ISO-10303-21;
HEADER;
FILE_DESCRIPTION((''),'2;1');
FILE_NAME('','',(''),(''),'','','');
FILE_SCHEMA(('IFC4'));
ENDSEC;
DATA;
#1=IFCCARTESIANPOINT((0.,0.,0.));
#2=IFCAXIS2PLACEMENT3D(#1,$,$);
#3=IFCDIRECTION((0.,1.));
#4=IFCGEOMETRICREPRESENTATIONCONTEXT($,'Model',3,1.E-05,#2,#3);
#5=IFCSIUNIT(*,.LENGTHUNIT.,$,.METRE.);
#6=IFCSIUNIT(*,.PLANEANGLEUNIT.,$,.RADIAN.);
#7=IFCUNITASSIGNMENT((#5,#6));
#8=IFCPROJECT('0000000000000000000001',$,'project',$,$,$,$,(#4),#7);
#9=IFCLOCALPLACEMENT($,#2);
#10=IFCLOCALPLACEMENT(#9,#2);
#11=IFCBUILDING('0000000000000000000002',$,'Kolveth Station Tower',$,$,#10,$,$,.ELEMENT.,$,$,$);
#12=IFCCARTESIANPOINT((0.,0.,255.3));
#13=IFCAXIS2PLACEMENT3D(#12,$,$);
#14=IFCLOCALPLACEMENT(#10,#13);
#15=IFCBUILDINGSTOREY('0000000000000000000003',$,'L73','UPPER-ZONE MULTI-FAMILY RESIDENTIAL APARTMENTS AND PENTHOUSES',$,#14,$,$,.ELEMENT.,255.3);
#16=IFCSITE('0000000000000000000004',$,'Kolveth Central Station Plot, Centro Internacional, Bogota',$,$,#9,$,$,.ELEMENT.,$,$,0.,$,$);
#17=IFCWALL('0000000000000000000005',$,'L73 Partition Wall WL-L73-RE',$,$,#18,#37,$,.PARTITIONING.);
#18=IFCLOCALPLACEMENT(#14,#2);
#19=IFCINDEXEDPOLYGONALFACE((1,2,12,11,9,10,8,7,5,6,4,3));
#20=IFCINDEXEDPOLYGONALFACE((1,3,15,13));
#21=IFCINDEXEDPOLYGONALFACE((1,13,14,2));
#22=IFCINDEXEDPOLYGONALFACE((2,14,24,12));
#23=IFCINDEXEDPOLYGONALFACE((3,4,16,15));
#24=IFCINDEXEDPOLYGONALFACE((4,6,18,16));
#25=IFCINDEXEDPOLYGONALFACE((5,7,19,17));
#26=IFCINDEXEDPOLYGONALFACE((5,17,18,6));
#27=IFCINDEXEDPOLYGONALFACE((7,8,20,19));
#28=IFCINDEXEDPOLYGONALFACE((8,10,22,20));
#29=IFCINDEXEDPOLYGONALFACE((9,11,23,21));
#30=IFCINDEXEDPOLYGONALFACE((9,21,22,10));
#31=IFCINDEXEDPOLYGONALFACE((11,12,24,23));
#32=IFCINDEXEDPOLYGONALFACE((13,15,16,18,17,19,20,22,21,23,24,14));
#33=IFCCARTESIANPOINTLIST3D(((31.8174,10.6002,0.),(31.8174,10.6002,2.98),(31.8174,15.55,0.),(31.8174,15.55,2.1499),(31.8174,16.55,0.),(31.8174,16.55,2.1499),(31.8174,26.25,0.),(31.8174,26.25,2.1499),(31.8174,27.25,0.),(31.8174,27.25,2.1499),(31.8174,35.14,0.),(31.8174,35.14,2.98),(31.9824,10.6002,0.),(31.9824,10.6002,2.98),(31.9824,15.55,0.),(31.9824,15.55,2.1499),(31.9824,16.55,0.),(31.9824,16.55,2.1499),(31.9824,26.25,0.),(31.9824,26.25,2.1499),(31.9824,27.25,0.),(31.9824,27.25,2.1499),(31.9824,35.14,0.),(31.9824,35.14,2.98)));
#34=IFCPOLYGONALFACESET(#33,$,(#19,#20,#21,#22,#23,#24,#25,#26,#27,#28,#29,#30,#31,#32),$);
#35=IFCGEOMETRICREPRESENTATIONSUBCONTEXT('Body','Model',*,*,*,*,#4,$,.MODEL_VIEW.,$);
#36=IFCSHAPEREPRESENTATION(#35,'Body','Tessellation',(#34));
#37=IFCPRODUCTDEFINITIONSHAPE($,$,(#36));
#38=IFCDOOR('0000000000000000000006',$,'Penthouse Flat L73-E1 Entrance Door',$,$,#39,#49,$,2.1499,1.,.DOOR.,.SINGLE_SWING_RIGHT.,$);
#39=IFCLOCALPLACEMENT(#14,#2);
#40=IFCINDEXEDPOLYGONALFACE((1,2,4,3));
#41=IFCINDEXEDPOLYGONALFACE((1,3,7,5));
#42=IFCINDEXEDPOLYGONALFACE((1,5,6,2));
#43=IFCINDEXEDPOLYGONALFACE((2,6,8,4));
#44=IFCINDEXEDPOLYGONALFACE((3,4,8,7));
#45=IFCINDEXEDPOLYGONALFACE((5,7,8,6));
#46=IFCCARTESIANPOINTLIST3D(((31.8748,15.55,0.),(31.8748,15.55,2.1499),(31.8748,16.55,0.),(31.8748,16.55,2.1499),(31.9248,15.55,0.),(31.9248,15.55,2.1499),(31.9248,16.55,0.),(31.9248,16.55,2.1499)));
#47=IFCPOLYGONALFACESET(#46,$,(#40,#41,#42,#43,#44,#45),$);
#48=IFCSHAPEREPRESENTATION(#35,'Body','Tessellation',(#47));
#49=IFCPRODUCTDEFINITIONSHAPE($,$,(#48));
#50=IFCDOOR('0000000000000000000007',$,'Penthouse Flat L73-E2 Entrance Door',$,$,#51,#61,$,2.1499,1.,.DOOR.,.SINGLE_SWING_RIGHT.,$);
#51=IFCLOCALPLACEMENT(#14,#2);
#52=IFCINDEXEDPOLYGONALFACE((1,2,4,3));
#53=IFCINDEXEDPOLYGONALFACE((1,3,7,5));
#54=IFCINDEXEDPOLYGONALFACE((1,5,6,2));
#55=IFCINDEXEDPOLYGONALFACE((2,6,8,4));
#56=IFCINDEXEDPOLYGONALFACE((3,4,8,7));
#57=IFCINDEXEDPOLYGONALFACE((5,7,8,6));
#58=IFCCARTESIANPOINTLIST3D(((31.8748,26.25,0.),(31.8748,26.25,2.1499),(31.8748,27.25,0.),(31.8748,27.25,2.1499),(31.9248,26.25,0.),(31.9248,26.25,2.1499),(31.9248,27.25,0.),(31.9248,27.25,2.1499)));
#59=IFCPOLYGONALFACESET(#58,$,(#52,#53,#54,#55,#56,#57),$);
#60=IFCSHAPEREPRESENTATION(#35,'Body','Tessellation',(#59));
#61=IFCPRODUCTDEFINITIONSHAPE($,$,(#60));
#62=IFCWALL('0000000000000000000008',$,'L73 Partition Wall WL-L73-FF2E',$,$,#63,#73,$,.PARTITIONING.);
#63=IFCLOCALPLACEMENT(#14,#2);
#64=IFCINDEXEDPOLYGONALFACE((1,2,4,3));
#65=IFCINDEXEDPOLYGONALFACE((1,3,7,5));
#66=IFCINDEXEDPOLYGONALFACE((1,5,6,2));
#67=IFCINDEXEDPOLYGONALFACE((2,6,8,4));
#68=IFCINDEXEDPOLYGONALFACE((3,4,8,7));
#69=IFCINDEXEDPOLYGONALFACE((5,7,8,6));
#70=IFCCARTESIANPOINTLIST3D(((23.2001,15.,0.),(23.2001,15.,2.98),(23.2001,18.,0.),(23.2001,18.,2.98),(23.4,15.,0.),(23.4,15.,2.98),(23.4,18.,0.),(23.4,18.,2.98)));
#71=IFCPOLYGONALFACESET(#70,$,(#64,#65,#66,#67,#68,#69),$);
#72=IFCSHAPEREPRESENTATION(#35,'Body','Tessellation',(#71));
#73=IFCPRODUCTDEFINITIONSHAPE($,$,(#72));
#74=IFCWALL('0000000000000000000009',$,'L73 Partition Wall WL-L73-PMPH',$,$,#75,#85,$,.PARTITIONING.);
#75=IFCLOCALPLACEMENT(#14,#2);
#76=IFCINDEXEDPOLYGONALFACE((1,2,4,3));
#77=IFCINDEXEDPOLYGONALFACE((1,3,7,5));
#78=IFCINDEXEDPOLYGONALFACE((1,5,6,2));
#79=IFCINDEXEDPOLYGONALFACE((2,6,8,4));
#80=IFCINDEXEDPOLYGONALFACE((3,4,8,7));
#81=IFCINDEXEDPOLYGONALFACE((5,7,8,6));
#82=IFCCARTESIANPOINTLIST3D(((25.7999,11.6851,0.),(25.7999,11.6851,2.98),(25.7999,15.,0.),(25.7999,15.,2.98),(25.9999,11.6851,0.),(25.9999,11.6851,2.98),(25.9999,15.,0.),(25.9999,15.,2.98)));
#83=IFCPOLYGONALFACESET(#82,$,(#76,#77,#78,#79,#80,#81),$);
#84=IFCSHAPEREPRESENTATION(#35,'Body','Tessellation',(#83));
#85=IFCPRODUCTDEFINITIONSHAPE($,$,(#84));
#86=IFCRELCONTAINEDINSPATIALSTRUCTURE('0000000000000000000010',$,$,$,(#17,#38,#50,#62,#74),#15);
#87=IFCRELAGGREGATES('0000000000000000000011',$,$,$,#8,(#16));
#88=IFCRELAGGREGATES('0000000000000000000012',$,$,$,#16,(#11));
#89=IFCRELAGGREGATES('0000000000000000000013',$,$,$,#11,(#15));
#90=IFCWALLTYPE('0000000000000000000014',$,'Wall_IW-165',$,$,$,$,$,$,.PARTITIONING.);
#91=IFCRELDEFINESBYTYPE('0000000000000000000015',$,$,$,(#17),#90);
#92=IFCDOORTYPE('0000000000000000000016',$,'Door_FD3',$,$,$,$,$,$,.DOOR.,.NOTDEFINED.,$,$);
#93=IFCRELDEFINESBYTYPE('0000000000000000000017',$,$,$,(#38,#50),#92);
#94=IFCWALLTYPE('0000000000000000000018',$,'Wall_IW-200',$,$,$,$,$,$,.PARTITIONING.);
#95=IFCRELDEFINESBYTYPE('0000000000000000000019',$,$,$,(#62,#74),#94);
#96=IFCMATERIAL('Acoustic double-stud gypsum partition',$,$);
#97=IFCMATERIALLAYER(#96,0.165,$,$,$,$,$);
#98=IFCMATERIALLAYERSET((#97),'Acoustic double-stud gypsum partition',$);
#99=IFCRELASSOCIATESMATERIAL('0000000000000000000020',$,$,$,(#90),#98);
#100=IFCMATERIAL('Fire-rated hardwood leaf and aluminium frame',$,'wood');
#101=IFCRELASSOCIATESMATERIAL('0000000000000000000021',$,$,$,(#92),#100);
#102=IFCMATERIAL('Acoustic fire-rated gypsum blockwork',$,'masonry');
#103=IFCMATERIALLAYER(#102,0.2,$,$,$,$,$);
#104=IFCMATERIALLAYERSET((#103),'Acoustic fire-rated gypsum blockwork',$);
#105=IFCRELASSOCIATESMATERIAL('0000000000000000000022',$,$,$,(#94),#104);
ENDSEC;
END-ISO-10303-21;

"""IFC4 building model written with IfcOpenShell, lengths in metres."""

from ifc_helpers import new_model, si_unit, direction, frame, frame_2d, origin, place, context, subcontext, project, spatial, rectangle, extrude, material, layer, layer_set, type_object, element, fill, save


model = new_model("IFC4")

# Units and contexts
model_context = context("Model", 3, precision=1e-05, world=origin(), true_north=direction((0.0, 1.0)))
body_context = subcontext(model_context, "Body", "Model", "MODEL_VIEW")
ifc_project = project(units=[si_unit("LENGTHUNIT", "METRE"), si_unit("PLANEANGLEUNIT", "RADIAN")], contexts=[model_context])

# Site, building, storey
site_placement = place(None, origin())
site = spatial("IfcSite", under=ifc_project, at=site_placement, Name="Kolveth Central Station Plot, Centro Internacional, Bogota", CompositionType="ELEMENT", RefElevation=0.0)
building_placement = place(site_placement, origin())
building = spatial("IfcBuilding", under=site, at=building_placement, Name="Kolveth Station Tower", CompositionType="ELEMENT")
storey_placement = place(building_placement, frame((0.0, 0.0, 255.3)))
storey = spatial("IfcBuildingStorey", under=building, at=storey_placement, Name="L73", Description="UPPER-ZONE MULTI-FAMILY RESIDENTIAL APARTMENTS AND PENTHOUSES", CompositionType="ELEMENT", Elevation=255.3)

# Shared definitions
ifc_material_1 = material(Name="Acoustic double-stud gypsum partition")
ifc_layer_1 = layer(ifc_material_1, 0.165)
ifc_layer_set_1 = layer_set([ifc_layer_1], Name="Acoustic double-stud gypsum partition")
wall_type_1 = type_object("IfcWallType", Name="Wall_IW-165", PredefinedType="PARTITIONING", material=ifc_layer_set_1)

# Wall, openings, doors
wall_1_placement = place(storey_placement, frame((31.8999, 10.6001, 0.0), z_axis=(0.0, 0.0, 1.0), x_axis=(0.0, 1.0, 0.0)))
wall_1 = element("IfcWall", 1, at=wall_1_placement, inside=storey, type_object=wall_type_1, Name="L73 Partition Wall WL-L73-RE", PredefinedType="PARTITIONING", context=body_context, shape_type="SweptSolid", body=[
    extrude(rectangle(XDim=24.5398, YDim=0.165, at=frame_2d((12.27, 0.0))), origin(), (0.0, 0.0, 1.0), 2.98),
])
opening_1_placement = place(wall_1_placement, frame((4.95, 0.0, 0.0)))
opening_1 = element("IfcOpeningElement", 2, at=opening_1_placement, cuts=wall_1, PredefinedType="OPENING", context=body_context, shape_type="SweptSolid", body=[
    extrude(rectangle(XDim=1.0, YDim=2.1499, at=frame_2d((0.5, 1.075))), frame((0.0, 0.0925, 0.0), z_axis=(0.0, -1.0, 0.0), x_axis=(1.0, 0.0, 0.0)), (0.0, 0.0, 1.0), 0.1851),
])
opening_2_placement = place(wall_1_placement, frame((15.6499, 0.0, 0.0)))
opening_2 = element("IfcOpeningElement", 3, at=opening_2_placement, cuts=wall_1, PredefinedType="OPENING", context=body_context, shape_type="SweptSolid", body=[
    extrude(rectangle(XDim=1.0, YDim=2.1499, at=frame_2d((0.5, 1.075))), frame((0.0, 0.0925, 0.0), z_axis=(0.0, -1.0, 0.0), x_axis=(1.0, 0.0, 0.0)), (0.0, 0.0, 1.0), 0.1851),
])
ifc_material_2 = material(Name="Fire-rated hardwood leaf and aluminium frame", Category="wood")
door_type_1 = type_object("IfcDoorType", Name="Door_FD3", OperationType="NOTDEFINED", PredefinedType="DOOR", material=ifc_material_2)
door_1_placement = place(opening_1_placement, frame((1.0, 0.0, 0.0), z_axis=(0.0, 0.0, 1.0), x_axis=(-1.0, 0.0, 0.0)))
door_1 = element("IfcDoor", 4, at=door_1_placement, inside=storey, type_object=door_type_1, Name="Penthouse Flat L73-E1 Entrance Door", OperationType="SINGLE_SWING_RIGHT", OverallHeight=2.1499, OverallWidth=1.0, PredefinedType="DOOR", context=body_context, shape_type="SweptSolid", body=[
    extrude(rectangle(XDim=1.0, YDim=2.1499, at=frame_2d((0.5, 1.075))), frame((0.0, 0.0249, 0.0), z_axis=(0.0, -1.0, 0.0), x_axis=(1.0, 0.0, 0.0)), (0.0, 0.0, 1.0), 0.05),
])
fill(opening_1, door_1)
door_2_placement = place(opening_2_placement, frame((1.0, 0.0, 0.0), z_axis=(0.0, 0.0, 1.0), x_axis=(-1.0, 0.0, 0.0)))
door_2 = element("IfcDoor", 5, at=door_2_placement, inside=storey, type_object=door_type_1, Name="Penthouse Flat L73-E2 Entrance Door", OperationType="SINGLE_SWING_RIGHT", OverallHeight=2.1499, OverallWidth=1.0, PredefinedType="DOOR", context=body_context, shape_type="SweptSolid", body=[
    extrude(rectangle(XDim=1.0, YDim=2.1499, at=frame_2d((0.5, 1.075))), frame((0.0, 0.0249, 0.0), z_axis=(0.0, -1.0, 0.0), x_axis=(1.0, 0.0, 0.0)), (0.0, 0.0, 1.0), 0.05),
])
fill(opening_2, door_2)

# Walls
ifc_material_3 = material(Name="Acoustic fire-rated gypsum blockwork", Category="masonry")
ifc_layer_2 = layer(ifc_material_3, 0.2)
ifc_layer_set_2 = layer_set([ifc_layer_2], Name="Acoustic fire-rated gypsum blockwork")
wall_type_2 = type_object("IfcWallType", Name="Wall_IW-200", PredefinedType="PARTITIONING", material=ifc_layer_set_2)
wall_2_placement = place(storey_placement, frame((23.3, 15.0, 0.0), z_axis=(0.0, 0.0, 1.0), x_axis=(0.0, 1.0, 0.0)))
element("IfcWall", 6, at=wall_2_placement, inside=storey, type_object=wall_type_2, Name="L73 Partition Wall WL-L73-FF2E", PredefinedType="PARTITIONING", context=body_context, shape_type="SweptSolid", body=[
    extrude(rectangle(XDim=3.0, YDim=0.2, at=frame_2d((1.5, 0.0))), origin(), (0.0, 0.0, 1.0), 2.98),
])
wall_3_placement = place(storey_placement, frame((25.8999, 11.6851, 0.0), z_axis=(0.0, 0.0, 1.0), x_axis=(0.0, 1.0, 0.0)))
element("IfcWall", 7, at=wall_3_placement, inside=storey, type_object=wall_type_2, Name="L73 Partition Wall WL-L73-PMPH", PredefinedType="PARTITIONING", context=body_context, shape_type="SweptSolid", body=[
    extrude(rectangle(XDim=3.3149, YDim=0.2, at=frame_2d((1.6575, 0.0))), origin(), (0.0, 0.0, 1.0), 2.98),
])

save(model, "model.ifc")
